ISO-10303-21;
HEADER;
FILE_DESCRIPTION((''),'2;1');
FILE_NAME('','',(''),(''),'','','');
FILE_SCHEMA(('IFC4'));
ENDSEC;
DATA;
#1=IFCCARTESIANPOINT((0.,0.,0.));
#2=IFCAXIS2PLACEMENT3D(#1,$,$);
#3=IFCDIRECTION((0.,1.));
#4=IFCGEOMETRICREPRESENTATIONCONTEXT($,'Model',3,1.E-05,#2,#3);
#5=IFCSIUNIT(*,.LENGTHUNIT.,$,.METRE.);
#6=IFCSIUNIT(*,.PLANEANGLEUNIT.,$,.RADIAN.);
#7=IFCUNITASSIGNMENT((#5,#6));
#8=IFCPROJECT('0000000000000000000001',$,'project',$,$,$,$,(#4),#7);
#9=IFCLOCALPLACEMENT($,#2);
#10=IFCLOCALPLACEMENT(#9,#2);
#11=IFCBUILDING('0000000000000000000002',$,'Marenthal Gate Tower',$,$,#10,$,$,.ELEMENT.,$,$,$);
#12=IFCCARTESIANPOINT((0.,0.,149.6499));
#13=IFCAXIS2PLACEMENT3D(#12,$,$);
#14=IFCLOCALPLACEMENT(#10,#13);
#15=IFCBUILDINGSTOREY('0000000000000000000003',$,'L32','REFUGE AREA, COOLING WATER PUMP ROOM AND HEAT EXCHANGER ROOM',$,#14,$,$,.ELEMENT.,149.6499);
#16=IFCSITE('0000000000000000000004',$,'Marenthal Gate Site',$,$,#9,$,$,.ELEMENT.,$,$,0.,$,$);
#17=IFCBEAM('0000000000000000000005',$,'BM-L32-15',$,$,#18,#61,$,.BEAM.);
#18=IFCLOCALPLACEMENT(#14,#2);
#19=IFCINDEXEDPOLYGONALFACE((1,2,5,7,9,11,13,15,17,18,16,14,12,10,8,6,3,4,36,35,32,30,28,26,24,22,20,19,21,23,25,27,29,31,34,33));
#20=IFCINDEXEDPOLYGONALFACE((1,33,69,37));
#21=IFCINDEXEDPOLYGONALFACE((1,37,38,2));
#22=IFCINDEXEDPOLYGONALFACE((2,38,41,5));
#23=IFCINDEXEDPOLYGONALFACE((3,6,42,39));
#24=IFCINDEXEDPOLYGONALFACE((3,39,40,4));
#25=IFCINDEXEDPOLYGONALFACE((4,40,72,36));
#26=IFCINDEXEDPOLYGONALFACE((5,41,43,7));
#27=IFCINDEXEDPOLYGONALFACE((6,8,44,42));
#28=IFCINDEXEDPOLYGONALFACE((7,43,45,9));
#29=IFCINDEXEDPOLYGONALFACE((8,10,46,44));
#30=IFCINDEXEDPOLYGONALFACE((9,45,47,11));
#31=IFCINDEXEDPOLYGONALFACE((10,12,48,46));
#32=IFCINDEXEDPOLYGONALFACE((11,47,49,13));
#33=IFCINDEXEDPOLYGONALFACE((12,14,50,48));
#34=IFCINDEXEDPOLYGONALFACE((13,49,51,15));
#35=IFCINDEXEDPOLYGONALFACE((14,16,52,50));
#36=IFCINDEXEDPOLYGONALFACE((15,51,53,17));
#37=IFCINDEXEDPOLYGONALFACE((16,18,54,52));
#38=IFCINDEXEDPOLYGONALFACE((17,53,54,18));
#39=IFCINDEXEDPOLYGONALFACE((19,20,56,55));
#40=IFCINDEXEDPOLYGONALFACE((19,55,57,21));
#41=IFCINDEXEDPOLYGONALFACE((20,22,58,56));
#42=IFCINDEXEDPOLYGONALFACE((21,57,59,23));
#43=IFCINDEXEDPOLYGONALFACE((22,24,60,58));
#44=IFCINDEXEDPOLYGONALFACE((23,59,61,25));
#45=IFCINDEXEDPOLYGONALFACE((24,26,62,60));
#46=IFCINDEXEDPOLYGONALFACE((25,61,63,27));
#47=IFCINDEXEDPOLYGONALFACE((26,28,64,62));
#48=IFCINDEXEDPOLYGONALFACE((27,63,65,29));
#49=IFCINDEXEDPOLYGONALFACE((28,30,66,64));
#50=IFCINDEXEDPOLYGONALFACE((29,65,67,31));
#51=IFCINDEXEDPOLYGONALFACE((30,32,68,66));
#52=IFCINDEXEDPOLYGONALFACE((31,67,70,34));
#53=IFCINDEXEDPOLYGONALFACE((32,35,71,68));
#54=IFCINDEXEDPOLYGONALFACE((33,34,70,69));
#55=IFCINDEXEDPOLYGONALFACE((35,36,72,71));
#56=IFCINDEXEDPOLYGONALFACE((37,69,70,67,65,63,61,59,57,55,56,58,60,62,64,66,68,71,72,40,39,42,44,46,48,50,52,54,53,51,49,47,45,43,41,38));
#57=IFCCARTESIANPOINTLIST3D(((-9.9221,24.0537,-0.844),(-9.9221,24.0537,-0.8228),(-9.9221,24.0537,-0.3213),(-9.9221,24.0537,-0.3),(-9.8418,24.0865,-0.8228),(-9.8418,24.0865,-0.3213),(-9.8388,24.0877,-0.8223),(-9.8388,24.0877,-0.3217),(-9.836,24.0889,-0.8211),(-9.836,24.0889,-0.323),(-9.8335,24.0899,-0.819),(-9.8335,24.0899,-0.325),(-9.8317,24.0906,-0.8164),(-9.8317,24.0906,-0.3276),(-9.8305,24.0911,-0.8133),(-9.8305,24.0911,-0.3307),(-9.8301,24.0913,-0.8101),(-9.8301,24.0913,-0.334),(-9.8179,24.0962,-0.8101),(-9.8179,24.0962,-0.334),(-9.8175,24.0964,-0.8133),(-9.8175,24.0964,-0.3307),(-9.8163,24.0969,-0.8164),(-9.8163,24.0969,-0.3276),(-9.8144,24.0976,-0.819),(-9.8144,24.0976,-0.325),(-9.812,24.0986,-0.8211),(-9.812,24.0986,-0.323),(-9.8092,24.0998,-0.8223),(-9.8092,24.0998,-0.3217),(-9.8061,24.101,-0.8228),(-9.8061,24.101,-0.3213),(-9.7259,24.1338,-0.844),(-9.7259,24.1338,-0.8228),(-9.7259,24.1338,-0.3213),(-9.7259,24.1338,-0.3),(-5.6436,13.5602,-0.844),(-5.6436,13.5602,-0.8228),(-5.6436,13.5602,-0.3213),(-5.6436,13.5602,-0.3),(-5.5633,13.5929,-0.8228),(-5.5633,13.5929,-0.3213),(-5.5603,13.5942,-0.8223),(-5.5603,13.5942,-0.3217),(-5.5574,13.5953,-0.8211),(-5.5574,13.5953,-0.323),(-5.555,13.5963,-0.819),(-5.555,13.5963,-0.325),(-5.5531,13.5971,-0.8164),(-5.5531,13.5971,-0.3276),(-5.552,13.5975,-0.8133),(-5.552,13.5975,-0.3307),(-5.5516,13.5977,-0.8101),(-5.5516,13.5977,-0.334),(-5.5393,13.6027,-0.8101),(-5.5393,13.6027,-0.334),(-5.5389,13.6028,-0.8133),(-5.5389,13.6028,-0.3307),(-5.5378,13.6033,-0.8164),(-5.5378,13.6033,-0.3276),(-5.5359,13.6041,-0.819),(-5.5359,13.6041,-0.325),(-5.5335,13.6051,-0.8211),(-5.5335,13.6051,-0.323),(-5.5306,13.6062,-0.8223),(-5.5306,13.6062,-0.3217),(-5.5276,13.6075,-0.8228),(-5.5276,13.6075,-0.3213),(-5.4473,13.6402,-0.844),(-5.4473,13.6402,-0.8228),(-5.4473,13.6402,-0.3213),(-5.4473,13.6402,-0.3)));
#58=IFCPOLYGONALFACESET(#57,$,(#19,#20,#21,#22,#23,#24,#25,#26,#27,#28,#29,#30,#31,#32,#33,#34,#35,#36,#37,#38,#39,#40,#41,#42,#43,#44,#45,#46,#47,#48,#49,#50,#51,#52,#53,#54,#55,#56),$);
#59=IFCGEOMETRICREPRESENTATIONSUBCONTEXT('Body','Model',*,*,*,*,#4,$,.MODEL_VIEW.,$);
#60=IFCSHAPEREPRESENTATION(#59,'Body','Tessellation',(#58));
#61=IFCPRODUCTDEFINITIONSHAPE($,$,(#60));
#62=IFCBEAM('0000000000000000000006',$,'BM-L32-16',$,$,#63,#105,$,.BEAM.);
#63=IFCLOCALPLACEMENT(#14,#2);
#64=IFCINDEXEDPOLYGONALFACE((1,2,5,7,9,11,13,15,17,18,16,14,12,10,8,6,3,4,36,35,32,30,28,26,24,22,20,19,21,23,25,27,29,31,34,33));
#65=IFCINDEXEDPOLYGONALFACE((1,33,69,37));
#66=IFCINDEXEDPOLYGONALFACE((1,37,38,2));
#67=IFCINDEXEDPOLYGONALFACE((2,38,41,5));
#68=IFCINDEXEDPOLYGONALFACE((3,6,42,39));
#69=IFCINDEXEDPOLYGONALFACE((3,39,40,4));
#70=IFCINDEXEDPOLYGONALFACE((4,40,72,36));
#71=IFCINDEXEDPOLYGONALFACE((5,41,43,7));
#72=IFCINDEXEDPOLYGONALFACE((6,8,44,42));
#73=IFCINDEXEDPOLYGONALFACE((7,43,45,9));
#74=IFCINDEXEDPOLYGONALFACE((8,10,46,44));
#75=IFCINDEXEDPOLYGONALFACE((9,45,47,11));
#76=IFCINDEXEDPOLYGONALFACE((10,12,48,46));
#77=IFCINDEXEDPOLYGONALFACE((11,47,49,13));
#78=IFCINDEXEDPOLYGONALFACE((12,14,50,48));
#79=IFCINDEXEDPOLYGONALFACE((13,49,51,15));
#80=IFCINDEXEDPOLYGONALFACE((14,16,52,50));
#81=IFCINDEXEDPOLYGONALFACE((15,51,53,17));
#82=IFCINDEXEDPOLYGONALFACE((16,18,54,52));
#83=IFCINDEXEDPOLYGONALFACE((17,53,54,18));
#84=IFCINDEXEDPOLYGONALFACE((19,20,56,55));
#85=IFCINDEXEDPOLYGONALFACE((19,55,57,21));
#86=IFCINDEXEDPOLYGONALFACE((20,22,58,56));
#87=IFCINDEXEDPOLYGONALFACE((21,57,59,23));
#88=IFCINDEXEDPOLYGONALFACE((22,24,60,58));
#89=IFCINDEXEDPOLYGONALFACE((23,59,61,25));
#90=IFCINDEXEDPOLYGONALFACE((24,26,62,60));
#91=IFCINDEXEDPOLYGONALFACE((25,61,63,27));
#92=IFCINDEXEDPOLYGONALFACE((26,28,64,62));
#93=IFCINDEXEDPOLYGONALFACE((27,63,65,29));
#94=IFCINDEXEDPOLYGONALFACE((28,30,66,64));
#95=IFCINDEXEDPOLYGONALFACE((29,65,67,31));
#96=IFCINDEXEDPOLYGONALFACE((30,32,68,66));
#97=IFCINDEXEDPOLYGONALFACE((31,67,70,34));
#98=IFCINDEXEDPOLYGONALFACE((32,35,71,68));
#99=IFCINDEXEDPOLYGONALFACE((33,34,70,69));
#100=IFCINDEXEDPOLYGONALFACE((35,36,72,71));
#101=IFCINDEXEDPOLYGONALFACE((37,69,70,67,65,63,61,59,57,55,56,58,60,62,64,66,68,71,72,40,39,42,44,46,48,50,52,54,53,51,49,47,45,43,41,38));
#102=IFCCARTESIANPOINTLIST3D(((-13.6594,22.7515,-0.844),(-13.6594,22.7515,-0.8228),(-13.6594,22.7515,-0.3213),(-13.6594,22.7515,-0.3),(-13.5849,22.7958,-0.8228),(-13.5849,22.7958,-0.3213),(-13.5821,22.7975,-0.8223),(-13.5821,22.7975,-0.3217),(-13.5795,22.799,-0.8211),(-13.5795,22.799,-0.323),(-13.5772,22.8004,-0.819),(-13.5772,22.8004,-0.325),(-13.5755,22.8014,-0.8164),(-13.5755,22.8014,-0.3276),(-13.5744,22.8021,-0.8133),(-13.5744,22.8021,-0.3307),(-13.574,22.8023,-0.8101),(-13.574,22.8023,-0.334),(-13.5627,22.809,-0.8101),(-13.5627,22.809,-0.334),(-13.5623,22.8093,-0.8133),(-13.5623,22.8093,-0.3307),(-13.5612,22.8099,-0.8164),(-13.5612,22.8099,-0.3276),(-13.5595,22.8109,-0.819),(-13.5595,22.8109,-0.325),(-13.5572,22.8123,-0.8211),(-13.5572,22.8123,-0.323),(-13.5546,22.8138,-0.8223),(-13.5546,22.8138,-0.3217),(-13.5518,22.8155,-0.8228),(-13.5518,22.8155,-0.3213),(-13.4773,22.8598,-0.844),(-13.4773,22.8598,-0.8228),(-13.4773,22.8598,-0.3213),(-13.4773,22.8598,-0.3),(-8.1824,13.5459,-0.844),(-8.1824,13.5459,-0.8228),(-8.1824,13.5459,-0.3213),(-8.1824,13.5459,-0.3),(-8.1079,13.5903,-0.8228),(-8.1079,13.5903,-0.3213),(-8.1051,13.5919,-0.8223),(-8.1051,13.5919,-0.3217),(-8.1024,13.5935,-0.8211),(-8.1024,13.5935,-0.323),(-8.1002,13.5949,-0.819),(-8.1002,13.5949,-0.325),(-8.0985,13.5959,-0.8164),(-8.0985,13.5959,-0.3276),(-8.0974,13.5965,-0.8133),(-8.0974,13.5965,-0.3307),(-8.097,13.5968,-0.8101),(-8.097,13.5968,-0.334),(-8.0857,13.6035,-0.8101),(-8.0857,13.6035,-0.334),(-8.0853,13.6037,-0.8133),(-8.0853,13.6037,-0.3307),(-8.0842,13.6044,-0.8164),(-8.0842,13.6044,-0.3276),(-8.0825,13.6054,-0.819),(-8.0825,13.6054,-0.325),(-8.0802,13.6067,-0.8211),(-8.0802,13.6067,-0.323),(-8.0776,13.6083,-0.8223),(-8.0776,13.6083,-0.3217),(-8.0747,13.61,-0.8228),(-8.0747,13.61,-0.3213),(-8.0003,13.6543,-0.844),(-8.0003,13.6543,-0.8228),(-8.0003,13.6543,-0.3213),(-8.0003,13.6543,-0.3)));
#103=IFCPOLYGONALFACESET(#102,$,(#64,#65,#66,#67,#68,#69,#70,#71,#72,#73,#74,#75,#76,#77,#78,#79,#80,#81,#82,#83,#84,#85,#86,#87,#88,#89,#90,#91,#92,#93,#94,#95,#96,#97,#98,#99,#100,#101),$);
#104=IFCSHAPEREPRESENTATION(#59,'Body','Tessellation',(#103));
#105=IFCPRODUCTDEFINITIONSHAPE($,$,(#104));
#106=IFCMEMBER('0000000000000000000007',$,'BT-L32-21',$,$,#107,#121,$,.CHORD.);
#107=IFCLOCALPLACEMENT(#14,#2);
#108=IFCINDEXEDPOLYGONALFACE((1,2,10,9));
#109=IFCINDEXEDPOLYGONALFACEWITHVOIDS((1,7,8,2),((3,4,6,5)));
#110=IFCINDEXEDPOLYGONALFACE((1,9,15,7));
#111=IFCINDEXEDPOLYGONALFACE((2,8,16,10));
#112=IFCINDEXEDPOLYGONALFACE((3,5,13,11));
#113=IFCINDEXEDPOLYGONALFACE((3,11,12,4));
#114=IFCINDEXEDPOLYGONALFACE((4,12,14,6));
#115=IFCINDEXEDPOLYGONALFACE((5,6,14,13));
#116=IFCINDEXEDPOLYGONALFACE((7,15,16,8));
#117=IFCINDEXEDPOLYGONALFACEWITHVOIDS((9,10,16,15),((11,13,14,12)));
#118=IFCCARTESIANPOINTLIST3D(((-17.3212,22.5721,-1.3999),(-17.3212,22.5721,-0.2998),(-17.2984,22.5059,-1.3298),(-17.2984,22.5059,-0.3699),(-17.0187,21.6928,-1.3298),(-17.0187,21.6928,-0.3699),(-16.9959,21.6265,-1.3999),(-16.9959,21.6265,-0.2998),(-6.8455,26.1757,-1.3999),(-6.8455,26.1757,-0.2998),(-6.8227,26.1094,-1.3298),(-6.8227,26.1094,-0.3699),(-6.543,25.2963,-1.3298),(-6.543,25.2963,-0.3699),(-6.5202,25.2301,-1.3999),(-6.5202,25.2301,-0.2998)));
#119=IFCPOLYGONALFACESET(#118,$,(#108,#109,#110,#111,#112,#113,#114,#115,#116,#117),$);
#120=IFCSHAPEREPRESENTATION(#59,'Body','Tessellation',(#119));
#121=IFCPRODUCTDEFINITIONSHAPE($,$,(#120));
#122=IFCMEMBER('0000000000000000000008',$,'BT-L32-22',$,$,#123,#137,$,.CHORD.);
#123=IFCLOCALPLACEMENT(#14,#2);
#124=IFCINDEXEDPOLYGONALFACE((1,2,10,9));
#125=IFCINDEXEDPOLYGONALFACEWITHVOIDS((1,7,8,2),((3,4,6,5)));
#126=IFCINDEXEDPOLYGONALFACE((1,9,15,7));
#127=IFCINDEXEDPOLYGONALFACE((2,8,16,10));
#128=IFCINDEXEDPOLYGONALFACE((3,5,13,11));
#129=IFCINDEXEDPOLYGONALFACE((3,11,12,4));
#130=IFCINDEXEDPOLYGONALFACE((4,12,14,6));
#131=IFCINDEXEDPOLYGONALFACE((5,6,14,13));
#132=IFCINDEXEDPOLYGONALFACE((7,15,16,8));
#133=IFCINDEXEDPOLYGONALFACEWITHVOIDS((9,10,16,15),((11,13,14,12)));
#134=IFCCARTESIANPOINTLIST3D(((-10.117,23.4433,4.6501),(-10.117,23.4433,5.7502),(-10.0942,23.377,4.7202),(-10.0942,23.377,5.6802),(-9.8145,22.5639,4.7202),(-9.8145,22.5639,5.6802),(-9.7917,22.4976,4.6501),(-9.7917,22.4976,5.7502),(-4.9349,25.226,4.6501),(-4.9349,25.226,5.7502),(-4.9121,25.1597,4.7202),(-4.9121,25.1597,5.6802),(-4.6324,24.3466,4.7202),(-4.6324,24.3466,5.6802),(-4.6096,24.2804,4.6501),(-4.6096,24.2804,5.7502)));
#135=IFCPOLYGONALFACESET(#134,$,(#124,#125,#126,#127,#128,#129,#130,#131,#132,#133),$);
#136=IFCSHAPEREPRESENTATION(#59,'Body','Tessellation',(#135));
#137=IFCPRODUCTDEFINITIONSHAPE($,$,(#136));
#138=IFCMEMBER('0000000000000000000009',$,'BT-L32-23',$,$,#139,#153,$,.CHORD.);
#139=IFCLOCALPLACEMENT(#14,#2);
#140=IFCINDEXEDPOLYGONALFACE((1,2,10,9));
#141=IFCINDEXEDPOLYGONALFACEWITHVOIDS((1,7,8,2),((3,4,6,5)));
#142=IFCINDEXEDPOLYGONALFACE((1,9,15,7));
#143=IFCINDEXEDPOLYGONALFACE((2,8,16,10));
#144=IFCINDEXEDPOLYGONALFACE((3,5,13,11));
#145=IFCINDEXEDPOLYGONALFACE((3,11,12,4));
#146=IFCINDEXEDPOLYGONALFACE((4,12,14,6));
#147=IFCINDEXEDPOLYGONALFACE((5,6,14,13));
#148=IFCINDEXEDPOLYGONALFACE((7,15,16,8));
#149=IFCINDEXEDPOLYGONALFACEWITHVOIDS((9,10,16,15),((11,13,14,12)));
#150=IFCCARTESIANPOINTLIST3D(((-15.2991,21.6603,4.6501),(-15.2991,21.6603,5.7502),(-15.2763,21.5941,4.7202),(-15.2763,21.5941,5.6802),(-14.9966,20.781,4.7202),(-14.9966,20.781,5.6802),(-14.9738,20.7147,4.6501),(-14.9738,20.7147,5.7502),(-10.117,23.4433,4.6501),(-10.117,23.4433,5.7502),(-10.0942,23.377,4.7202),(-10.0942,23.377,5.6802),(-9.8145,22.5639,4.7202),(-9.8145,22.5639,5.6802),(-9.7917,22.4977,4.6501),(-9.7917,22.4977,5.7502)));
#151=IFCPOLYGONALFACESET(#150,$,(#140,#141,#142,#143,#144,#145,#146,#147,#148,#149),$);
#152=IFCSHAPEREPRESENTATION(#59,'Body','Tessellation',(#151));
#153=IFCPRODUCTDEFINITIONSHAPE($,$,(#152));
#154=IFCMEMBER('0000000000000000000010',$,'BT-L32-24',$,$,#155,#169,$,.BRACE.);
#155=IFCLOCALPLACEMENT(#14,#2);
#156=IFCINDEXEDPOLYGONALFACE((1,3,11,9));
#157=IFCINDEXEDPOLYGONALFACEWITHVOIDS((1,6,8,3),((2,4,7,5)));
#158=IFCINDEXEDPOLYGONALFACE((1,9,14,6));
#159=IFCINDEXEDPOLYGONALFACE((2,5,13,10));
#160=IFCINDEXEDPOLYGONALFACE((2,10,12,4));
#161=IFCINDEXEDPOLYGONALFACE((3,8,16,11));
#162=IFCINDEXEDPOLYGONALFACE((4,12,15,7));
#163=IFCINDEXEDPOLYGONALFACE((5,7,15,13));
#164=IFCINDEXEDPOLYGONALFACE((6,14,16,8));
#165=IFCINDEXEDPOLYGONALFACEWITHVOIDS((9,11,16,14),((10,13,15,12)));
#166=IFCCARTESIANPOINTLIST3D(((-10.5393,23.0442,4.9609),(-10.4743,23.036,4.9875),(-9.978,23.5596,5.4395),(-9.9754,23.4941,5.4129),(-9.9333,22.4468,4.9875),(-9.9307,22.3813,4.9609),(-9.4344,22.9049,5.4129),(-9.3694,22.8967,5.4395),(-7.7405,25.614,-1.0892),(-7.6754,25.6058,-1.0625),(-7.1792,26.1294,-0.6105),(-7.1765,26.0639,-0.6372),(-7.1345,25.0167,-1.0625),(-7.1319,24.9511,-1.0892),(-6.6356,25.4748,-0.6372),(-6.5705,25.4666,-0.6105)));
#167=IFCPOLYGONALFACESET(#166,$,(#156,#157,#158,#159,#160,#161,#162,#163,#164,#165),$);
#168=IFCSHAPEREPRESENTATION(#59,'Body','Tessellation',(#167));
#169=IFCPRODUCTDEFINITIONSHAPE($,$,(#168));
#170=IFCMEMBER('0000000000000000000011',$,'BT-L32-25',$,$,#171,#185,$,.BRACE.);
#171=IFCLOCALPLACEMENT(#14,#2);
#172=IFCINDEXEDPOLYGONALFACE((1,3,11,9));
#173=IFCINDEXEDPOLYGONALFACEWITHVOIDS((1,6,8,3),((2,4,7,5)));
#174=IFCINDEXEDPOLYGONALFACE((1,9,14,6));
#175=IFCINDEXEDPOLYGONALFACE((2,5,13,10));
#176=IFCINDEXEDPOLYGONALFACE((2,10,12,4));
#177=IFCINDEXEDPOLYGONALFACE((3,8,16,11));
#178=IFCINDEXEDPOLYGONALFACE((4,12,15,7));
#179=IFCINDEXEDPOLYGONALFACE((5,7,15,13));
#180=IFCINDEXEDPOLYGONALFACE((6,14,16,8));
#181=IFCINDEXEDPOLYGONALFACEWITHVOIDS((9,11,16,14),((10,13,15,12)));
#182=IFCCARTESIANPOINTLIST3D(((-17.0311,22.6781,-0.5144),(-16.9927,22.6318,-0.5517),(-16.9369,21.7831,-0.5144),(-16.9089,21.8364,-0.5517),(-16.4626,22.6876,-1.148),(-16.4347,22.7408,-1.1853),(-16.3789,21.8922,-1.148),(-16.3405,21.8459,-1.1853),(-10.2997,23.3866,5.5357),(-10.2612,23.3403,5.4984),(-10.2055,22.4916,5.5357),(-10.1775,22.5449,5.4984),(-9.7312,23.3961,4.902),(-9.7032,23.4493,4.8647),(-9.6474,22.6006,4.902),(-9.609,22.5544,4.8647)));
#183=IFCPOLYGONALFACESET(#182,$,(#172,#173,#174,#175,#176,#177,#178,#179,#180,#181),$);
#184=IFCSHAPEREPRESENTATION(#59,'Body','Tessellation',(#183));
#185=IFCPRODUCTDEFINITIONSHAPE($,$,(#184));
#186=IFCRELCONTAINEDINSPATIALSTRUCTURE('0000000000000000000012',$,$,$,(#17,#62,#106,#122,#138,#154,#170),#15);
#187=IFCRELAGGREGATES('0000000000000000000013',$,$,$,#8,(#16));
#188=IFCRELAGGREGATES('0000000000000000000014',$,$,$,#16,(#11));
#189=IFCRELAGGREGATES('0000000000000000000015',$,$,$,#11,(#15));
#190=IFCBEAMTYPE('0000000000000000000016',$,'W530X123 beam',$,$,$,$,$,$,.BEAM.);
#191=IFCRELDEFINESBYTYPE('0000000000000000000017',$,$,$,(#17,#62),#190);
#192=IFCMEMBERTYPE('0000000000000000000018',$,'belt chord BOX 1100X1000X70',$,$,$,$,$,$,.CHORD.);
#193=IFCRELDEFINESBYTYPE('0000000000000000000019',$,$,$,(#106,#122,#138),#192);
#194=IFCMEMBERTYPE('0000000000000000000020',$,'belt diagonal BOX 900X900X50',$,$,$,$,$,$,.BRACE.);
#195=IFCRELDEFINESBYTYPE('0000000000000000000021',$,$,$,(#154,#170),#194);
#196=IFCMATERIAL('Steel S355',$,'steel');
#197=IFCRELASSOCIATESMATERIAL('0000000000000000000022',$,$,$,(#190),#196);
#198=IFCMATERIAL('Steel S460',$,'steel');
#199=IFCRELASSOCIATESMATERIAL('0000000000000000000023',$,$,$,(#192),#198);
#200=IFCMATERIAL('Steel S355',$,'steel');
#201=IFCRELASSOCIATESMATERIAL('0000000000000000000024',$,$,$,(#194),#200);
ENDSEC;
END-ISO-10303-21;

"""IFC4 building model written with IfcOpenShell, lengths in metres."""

from ifc_helpers import new_model, si_unit, direction, frame, origin, origin_2d, place, context, subcontext, project, spatial, hollow_rectangle, i_section, extrude, material, material_profile, profile_set, type_object, element, save


model = new_model("IFC4")

# Units and contexts
model_context = context("Model", 3, precision=1e-05, world=origin(), true_north=direction((0.0, 1.0)))
body_context = subcontext(model_context, "Body", "Model", "MODEL_VIEW")
ifc_project = project(units=[si_unit("LENGTHUNIT", "METRE"), si_unit("PLANEANGLEUNIT", "RADIAN")], contexts=[model_context])

# Site, building, storey
site_placement = place(None, origin())
site = spatial("IfcSite", under=ifc_project, at=site_placement, Name="Marenthal Gate Site", CompositionType="ELEMENT", RefElevation=0.0)
building_placement = place(site_placement, origin())
building = spatial("IfcBuilding", under=site, at=building_placement, Name="Marenthal Gate Tower", CompositionType="ELEMENT")
storey_placement = place(building_placement, frame((0.0, 0.0, 149.6499)))
storey = spatial("IfcBuildingStorey", under=building, at=storey_placement, Name="L32", Description="REFUGE AREA, COOLING WATER PUMP ROOM AND HEAT EXCHANGER ROOM", CompositionType="ELEMENT", Elevation=149.6499)

# Beams
ifc_material_1 = material(Name="Steel S355", Category="steel")
ifc_material_profile_1 = material_profile(ifc_material_1, i_section(OverallWidth=0.2119, OverallDepth=0.5439, WebThickness=0.0132, FlangeThickness=0.0212, FilletRadius=0.0127, at=origin_2d()), Name="W530X123")
ifc_profile_set_1 = profile_set([ifc_material_profile_1], Name="Steel S355")
beam_type = type_object("IfcBeamType", Name="W530X123 beam", PredefinedType="BEAM", material=ifc_profile_set_1)
beam_1_placement = place(storey_placement, frame((-9.824, 24.0938, -0.572), z_axis=(0.377552, -0.925988, 0.0), x_axis=(0.925988, 0.377552, 0.0)))
element("IfcBeam", 1, at=beam_1_placement, inside=storey, type_object=beam_type, Name="BM-L32-15", PredefinedType="BEAM", context=body_context, shape_type="SweptSolid", body=[
    extrude(i_section(OverallWidth=0.2119, OverallDepth=0.5439, WebThickness=0.0132, FlangeThickness=0.0212, FilletRadius=0.0127, at=origin_2d()), origin(), (0.0, 0.0, 1.0), 11.3323),
])
beam_2_placement = place(storey_placement, frame((-13.5684, 22.8057, -0.572), z_axis=(0.511315, -0.859394, 0.0), x_axis=(0.859394, 0.511315, 0.0)))
element("IfcBeam", 2, at=beam_2_placement, inside=storey, type_object=beam_type, Name="BM-L32-16", PredefinedType="BEAM", context=body_context, shape_type="SweptSolid", body=[
    extrude(i_section(OverallWidth=0.2119, OverallDepth=0.5439, WebThickness=0.0132, FlangeThickness=0.0212, FilletRadius=0.0127, at=origin_2d()), origin(), (0.0, 0.0, 1.0), 10.7117),
])

# Members
ifc_material_2 = material(Name="Steel S460", Category="steel")
ifc_material_profile_2 = material_profile(ifc_material_2, hollow_rectangle(XDim=1.0, YDim=1.1001, WallThickness=0.0701, at=origin_2d()), Name="BOX 1100X1000X70")
ifc_profile_set_2 = profile_set([ifc_material_profile_2], Name="Steel S460")
member_type_1 = type_object("IfcMemberType", Name="belt chord BOX 1100X1000X70", PredefinedType="CHORD", material=ifc_profile_set_2)
member_1_placement = place(storey_placement, frame((-6.6829, 25.7029, -0.8499), z_axis=(-0.945616, -0.325284, 0.0), x_axis=(0.325284, -0.945616, 0.0)))
element("IfcMember", 3, at=member_1_placement, inside=storey, type_object=member_type_1, Name="BT-L32-21", PredefinedType="CHORD", context=body_context, shape_type="SweptSolid", body=[
    extrude(hollow_rectangle(XDim=1.0, YDim=1.1001, WallThickness=0.0701, at=origin_2d()), origin(), (0.0, 0.0, 1.0), 11.0781),
])
for number, where, z_axis, x_axis, name in (
    (4, (-4.7722, 24.7532, 5.2002), (-0.94561, -0.325301, 0.0), (0.325301, -0.94561, 0.0), "BT-L32-22"),
    (5, (-9.9543, 22.9705, 5.2002), (-0.945597, -0.325341, 0.0), (0.325341, -0.945597, 0.0), "BT-L32-23"),
):
    element("IfcMember", number, at=place(storey_placement, frame(where, z_axis=z_axis, x_axis=x_axis)), inside=storey, type_object=member_type_1, Name=name, PredefinedType="CHORD", context=body_context, shape_type="SweptSolid", body=[
        extrude(hollow_rectangle(XDim=1.0, YDim=1.1001, WallThickness=0.0701, at=origin_2d()), origin(), (0.0, 0.0, 1.0), 5.4802),
    ])
ifc_material_3 = material(Name="Steel S355", Category="steel")
ifc_material_profile_3 = material_profile(ifc_material_3, hollow_rectangle(XDim=0.8999, YDim=0.8999, WallThickness=0.05, at=origin_2d()), Name="BOX 900X900X50")
ifc_profile_set_3 = profile_set([ifc_material_profile_3], Name="Steel S355")
member_type_2 = type_object("IfcMemberType", Name="belt diagonal BOX 900X900X50", PredefinedType="BRACE", material=ifc_profile_set_3)
member_2_placement = place(storey_placement, frame((-7.1555, 25.5403, -0.8499), z_axis=(-0.391759, -0.359704, 0.84684), x_axis=(0.67633, -0.736599, 0.0)))
element("IfcMember", 6, at=member_2_placement, inside=storey, type_object=member_type_2, Name="BT-L32-24", PredefinedType="BRACE", context=body_context, shape_type="SweptSolid", body=[
    extrude(hollow_rectangle(XDim=0.8999, YDim=0.8999, WallThickness=0.05, at=origin_2d()), origin(), (0.0, 0.0, 1.0), 7.1443),
])
member_3_placement = place(storey_placement, frame((-9.9543, 22.9705, 5.2002), z_axis=(-0.741479, -0.078042, -0.666422), x_axis=(0.104674, -0.994507, 0.0)))
element("IfcMember", 7, at=member_3_placement, inside=storey, type_object=member_type_2, Name="BT-L32-25", PredefinedType="BRACE", context=body_context, shape_type="SweptSolid", body=[
    extrude(hollow_rectangle(XDim=0.8999, YDim=0.8999, WallThickness=0.05, at=origin_2d()), origin(), (0.0, 0.0, 1.0), 9.0784),
])

save(model, "model.ifc")
